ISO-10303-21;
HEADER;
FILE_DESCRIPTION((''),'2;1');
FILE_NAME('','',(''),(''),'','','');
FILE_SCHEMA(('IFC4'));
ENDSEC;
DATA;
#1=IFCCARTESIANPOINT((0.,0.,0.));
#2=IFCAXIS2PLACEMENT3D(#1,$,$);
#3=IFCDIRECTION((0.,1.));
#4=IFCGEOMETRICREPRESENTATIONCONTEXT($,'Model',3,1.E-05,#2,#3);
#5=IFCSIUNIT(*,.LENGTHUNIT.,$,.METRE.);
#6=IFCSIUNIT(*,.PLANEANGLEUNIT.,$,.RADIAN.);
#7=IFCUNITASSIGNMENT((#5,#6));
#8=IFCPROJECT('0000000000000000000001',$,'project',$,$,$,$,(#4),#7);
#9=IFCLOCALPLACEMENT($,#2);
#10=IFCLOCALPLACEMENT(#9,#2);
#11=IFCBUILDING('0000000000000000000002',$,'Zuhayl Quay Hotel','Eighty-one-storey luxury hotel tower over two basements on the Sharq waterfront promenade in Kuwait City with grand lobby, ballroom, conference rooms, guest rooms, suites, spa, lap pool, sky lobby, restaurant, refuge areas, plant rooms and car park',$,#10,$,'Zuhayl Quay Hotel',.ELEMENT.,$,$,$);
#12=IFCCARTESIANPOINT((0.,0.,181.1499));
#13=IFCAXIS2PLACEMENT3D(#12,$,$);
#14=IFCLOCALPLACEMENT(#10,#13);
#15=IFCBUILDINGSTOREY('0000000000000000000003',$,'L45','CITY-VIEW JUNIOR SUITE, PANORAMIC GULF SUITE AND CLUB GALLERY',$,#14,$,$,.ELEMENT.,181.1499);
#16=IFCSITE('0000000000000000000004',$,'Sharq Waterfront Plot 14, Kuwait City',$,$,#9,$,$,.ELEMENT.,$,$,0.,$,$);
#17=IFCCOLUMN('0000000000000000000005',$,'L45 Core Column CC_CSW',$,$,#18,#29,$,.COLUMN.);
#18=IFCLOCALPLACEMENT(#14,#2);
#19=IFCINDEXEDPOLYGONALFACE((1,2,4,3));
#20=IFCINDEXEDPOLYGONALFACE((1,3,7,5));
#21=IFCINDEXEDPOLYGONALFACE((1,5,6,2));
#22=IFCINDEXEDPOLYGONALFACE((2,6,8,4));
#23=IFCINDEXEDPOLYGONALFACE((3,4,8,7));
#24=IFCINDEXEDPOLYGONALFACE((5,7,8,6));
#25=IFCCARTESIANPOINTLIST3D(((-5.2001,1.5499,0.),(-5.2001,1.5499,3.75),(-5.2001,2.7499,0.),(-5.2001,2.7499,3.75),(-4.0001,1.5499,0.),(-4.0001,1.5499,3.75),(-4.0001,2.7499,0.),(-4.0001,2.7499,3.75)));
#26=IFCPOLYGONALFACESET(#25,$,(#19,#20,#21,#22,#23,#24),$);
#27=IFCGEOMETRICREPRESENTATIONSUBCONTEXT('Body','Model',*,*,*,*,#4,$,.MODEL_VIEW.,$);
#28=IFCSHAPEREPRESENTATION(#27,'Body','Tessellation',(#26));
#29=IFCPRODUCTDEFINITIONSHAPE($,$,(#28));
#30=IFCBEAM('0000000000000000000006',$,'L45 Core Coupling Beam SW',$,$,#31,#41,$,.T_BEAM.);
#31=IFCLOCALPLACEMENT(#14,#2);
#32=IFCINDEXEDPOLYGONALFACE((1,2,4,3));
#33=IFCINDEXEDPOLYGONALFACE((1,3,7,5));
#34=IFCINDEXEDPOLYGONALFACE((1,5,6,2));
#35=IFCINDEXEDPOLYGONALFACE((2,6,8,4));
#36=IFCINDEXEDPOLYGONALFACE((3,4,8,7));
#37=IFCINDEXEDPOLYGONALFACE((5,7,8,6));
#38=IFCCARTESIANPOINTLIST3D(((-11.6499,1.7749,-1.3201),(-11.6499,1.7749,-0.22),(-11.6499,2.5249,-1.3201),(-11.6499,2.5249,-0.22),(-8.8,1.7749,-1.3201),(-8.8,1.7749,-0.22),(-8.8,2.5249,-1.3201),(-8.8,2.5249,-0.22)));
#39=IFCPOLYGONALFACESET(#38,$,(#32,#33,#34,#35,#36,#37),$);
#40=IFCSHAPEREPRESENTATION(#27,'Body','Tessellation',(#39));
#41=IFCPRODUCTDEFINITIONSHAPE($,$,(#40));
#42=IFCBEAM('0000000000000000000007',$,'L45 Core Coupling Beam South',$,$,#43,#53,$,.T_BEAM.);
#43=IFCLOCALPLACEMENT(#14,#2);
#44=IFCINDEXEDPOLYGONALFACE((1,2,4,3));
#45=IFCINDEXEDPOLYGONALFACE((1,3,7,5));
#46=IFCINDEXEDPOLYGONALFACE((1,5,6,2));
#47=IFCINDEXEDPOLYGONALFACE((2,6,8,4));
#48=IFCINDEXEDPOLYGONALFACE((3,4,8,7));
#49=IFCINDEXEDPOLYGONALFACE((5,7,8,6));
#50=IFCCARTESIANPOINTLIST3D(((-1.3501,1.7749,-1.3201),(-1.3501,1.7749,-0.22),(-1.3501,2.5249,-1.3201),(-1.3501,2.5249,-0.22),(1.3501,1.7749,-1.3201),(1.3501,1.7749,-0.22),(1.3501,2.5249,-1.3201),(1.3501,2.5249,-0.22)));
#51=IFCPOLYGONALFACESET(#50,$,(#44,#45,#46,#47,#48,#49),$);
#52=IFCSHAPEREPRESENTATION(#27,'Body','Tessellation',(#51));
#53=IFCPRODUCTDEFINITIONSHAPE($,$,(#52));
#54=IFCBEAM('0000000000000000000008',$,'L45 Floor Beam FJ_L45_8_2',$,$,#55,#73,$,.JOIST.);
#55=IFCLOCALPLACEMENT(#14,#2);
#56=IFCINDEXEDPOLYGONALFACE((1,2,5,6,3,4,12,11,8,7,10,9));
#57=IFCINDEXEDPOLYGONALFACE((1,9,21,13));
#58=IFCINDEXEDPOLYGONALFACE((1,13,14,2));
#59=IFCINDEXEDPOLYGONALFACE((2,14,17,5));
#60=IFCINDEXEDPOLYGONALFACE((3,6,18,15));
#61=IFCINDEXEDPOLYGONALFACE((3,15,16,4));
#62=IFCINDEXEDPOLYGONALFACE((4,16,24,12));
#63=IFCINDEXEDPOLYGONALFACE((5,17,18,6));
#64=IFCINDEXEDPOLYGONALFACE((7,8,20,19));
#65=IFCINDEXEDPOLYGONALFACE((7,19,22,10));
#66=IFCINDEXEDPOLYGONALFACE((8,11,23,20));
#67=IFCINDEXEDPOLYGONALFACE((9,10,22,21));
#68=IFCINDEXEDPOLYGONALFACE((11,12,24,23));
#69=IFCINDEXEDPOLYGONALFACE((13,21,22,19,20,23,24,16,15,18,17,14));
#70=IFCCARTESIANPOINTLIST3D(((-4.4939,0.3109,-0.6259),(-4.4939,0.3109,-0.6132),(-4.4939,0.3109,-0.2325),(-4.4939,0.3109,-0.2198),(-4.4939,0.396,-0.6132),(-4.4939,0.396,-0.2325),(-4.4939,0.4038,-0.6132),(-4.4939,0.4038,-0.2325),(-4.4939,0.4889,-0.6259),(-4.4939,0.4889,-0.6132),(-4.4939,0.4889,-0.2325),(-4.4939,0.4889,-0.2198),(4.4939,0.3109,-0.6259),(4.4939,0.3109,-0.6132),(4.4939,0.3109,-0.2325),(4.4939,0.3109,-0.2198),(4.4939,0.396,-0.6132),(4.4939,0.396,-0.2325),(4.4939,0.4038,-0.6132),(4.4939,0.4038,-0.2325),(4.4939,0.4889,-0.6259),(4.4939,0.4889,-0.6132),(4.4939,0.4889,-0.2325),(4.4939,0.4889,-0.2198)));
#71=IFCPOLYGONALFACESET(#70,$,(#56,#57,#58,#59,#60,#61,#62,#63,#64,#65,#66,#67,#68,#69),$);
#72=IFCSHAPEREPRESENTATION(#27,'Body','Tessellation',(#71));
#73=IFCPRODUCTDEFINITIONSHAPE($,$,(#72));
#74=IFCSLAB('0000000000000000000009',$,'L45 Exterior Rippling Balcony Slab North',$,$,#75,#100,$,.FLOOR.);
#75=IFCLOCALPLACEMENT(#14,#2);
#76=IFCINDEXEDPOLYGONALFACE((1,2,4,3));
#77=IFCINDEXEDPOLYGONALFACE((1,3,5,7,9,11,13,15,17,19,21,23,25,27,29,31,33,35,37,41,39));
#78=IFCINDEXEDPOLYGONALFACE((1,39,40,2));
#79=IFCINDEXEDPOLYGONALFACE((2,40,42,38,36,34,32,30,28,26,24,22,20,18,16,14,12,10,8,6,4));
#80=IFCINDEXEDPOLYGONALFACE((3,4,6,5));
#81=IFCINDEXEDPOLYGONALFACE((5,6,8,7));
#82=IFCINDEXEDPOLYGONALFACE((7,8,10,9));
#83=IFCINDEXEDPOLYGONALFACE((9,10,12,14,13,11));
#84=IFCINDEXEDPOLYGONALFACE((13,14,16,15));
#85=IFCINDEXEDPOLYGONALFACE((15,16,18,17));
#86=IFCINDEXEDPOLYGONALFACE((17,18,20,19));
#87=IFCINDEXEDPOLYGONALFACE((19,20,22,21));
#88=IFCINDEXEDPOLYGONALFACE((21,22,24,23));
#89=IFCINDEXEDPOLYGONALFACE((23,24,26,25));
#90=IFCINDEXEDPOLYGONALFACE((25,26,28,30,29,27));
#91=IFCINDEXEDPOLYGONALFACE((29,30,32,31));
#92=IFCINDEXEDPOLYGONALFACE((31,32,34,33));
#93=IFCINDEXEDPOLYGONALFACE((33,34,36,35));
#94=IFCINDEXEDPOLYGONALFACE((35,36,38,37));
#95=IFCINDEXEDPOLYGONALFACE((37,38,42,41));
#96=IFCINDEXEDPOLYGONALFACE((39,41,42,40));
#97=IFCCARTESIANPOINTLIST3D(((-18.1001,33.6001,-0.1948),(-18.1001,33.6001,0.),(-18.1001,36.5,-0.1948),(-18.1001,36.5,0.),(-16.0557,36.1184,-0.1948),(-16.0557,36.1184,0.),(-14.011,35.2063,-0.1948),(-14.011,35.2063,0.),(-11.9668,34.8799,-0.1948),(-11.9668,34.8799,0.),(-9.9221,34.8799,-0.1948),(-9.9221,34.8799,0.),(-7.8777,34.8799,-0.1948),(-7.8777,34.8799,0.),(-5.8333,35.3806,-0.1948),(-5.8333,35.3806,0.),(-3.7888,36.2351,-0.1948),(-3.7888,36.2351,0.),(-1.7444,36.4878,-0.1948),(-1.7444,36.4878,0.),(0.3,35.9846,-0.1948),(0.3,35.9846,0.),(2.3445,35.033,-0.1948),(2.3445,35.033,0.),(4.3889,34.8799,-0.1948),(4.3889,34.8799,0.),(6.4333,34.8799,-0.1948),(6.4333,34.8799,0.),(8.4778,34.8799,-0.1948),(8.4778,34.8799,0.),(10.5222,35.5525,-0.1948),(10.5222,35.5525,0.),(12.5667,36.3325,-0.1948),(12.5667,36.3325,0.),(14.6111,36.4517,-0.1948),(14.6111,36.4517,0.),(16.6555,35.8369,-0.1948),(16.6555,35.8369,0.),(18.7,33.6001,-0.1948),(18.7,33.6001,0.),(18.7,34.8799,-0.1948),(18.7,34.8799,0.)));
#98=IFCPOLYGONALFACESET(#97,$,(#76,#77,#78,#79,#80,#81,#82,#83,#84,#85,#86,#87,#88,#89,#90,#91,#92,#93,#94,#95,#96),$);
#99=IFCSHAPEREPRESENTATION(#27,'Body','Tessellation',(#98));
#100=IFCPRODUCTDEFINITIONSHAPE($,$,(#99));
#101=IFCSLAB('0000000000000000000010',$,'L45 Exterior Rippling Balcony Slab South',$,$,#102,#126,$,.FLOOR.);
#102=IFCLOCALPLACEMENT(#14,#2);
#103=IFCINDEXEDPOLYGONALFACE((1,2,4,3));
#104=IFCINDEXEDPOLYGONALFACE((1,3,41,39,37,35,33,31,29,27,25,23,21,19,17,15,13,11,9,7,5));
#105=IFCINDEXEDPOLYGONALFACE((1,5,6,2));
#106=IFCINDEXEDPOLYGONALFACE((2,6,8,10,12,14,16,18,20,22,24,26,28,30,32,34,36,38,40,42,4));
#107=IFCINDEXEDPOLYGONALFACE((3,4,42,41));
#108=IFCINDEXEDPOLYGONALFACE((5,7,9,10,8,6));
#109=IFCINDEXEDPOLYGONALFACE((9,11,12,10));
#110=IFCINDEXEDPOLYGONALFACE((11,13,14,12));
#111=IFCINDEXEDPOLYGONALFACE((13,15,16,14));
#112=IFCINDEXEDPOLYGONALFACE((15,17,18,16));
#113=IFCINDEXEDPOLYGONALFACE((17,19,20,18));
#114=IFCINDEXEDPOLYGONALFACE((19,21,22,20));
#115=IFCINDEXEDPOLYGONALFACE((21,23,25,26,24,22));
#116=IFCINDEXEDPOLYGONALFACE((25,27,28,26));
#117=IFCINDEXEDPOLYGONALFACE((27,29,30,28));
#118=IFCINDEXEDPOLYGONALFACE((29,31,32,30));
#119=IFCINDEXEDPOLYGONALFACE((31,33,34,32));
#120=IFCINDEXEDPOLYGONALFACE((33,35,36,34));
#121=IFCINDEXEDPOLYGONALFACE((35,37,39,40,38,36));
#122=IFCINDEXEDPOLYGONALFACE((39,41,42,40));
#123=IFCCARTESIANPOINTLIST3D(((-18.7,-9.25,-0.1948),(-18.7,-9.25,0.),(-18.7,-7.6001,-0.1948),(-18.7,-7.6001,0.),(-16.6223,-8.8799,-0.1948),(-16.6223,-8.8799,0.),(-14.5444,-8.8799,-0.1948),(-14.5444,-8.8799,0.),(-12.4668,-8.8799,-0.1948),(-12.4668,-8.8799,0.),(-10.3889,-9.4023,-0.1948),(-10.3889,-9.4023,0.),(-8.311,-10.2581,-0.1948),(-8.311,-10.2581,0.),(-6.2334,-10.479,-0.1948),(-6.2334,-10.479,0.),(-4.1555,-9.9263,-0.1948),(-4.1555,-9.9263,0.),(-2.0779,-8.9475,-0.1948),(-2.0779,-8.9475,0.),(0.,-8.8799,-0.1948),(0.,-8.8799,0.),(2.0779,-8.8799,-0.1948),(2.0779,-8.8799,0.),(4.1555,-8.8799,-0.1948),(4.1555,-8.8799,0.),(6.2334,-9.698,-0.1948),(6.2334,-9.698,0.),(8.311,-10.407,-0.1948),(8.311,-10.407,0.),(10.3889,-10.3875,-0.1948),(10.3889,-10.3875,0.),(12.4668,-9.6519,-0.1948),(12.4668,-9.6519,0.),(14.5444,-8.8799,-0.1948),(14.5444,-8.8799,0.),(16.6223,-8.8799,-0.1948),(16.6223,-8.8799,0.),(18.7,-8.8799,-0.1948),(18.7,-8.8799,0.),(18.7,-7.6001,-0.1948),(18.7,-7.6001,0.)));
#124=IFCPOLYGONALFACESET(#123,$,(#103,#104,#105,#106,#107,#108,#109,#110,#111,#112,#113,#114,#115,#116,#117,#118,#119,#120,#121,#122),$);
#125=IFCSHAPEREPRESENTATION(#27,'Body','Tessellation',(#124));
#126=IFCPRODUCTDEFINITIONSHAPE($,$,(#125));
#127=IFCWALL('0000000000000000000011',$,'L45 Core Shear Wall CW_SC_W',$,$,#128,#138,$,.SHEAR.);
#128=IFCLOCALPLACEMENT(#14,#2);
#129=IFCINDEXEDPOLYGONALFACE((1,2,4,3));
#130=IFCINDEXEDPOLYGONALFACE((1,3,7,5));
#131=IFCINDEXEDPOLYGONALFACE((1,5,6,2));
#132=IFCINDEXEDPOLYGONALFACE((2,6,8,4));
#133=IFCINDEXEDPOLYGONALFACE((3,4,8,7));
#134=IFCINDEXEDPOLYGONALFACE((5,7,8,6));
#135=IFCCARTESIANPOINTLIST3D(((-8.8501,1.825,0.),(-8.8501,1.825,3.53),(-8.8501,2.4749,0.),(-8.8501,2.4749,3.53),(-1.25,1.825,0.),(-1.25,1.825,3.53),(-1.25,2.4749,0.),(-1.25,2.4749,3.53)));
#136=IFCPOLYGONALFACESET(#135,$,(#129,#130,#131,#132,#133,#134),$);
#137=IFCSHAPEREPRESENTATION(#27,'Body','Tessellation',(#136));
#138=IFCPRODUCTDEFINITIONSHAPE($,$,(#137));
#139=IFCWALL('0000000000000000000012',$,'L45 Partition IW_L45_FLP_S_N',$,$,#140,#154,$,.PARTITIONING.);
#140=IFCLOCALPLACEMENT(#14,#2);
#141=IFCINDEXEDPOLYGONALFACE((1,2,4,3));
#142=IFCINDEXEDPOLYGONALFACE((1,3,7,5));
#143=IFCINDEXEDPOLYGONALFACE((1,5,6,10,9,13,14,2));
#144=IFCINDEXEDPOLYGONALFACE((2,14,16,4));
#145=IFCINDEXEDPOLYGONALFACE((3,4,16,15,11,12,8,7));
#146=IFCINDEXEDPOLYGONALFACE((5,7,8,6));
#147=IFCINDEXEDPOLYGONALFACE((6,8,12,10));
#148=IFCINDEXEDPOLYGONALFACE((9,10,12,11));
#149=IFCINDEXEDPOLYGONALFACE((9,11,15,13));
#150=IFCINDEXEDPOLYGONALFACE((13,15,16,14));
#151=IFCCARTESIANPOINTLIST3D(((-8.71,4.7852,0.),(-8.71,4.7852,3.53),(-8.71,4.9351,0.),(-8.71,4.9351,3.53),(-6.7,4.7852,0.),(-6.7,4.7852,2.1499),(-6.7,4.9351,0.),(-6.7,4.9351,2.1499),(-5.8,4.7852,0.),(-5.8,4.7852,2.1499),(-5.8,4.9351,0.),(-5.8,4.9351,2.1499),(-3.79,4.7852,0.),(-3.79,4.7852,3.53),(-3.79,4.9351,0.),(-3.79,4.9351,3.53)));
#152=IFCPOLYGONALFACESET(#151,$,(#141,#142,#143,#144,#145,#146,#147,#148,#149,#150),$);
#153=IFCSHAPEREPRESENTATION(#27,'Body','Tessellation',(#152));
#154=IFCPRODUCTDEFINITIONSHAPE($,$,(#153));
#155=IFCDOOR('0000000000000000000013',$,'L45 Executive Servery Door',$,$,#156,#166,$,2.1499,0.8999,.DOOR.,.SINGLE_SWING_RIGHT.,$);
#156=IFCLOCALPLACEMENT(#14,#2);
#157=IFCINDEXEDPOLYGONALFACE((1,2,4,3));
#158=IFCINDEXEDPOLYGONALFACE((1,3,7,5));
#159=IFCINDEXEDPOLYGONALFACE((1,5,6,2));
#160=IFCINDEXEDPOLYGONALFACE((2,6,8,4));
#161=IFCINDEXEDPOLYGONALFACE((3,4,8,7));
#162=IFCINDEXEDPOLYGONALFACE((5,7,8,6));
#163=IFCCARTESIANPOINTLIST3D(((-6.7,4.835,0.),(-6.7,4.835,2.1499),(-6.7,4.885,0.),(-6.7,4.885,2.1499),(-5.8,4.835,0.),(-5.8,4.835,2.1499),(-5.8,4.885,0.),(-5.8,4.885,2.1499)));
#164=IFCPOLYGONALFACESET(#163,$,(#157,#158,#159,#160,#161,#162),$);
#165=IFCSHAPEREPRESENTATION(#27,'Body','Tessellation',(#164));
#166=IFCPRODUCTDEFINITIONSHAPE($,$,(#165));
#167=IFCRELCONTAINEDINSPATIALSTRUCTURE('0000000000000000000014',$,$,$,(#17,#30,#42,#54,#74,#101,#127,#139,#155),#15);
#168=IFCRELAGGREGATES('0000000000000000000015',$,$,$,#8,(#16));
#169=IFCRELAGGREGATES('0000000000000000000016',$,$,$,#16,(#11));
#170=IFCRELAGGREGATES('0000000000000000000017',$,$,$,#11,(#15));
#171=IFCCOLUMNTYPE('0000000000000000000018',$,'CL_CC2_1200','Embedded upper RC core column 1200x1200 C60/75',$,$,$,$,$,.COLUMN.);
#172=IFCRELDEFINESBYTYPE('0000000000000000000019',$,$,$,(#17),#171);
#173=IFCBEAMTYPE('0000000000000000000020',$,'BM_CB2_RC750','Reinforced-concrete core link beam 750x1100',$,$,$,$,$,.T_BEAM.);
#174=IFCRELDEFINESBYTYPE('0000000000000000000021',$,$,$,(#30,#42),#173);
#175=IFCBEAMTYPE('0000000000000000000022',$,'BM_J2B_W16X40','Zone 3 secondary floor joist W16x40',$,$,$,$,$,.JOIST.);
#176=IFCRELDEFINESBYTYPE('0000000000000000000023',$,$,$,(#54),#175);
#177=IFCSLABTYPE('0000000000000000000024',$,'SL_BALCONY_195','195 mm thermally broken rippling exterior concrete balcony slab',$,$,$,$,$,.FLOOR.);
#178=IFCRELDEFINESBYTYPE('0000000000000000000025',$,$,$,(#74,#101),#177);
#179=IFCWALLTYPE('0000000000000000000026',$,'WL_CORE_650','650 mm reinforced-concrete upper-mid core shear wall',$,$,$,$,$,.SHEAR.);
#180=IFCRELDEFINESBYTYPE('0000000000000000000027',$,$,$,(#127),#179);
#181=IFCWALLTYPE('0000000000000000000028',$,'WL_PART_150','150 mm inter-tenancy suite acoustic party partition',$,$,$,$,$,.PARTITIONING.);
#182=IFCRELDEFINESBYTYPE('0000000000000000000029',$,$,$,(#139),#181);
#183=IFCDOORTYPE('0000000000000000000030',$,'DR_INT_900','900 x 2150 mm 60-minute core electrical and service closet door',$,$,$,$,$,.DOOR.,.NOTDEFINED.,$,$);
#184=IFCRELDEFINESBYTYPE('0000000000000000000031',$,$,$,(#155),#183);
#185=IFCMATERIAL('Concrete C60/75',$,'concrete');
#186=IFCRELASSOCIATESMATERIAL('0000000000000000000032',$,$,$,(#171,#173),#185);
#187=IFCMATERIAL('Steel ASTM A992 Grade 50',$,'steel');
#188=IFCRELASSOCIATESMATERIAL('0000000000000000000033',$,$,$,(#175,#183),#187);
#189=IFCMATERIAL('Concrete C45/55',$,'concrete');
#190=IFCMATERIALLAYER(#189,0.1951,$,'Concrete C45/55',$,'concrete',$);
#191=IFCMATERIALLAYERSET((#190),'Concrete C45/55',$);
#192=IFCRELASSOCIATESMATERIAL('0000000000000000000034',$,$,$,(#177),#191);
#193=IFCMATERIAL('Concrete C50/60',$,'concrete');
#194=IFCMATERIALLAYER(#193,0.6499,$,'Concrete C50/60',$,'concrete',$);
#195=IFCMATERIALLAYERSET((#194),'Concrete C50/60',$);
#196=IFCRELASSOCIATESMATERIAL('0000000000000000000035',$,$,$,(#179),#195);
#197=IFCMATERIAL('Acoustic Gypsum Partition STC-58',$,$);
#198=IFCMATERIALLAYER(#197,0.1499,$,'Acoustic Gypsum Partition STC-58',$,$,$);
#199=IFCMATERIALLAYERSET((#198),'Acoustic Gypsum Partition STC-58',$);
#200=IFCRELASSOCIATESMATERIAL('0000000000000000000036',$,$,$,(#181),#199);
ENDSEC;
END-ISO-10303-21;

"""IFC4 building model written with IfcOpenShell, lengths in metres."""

from ifc_helpers import new_model, si_unit, direction, frame, frame_2d, origin, origin_2d, place, context, subcontext, project, spatial, polyline, rectangle, i_section, outline, extrude, material, layer, layer_set, material_profile, profile_set, type_object, element, fill, save


model = new_model("IFC4")

# Units and contexts
model_context = context("Model", 3, precision=1e-05, world=origin(), true_north=direction((0.0, 1.0)))
body_context = subcontext(model_context, "Body", "Model", "MODEL_VIEW")
ifc_project = project(units=[si_unit("LENGTHUNIT", "METRE"), si_unit("PLANEANGLEUNIT", "RADIAN")], contexts=[model_context])

# Site, building, storey
site_placement = place(None, origin())
site = spatial("IfcSite", under=ifc_project, at=site_placement, Name="Sharq Waterfront Plot 14, Kuwait City", CompositionType="ELEMENT", RefElevation=0.0)
building_placement = place(site_placement, origin())
building = spatial("IfcBuilding", under=site, at=building_placement, Name="Zuhayl Quay Hotel", Description="Eighty-one-storey luxury hotel tower over two basements on the Sharq waterfront promenade in Kuwait City with grand lobby, ballroom, conference rooms, guest rooms, suites, spa, lap pool, sky lobby, restaurant, refuge areas, plant rooms and car park", LongName="Zuhayl Quay Hotel", CompositionType="ELEMENT")
storey_placement = place(building_placement, frame((0.0, 0.0, 181.1499)))
storey = spatial("IfcBuildingStorey", under=building, at=storey_placement, Name="L45", Description="CITY-VIEW JUNIOR SUITE, PANORAMIC GULF SUITE AND CLUB GALLERY", CompositionType="ELEMENT", Elevation=181.1499)

# Column
ifc_material_1 = material(Name="Concrete C60/75", Category="concrete")
ifc_material_profile_1 = material_profile(ifc_material_1, rectangle(XDim=1.2, YDim=1.2, at=origin_2d()), Name="RC1200X1200")
ifc_profile_set_1 = profile_set([ifc_material_profile_1], Name="Concrete C60/75")
column_type = type_object("IfcColumnType", Name="CL_CC2_1200", Description="Embedded upper RC core column 1200x1200 C60/75", PredefinedType="COLUMN", material=ifc_profile_set_1)
column_placement = place(storey_placement, frame((-4.6001, 2.1499, 0.0), z_axis=(0.0, 0.0, 1.0), x_axis=(1.0, 0.0, 0.0)))
element("IfcColumn", 1, at=column_placement, inside=storey, type_object=column_type, Name="L45 Core Column CC_CSW", PredefinedType="COLUMN", context=body_context, shape_type="SweptSolid", body=[
    extrude(rectangle(XDim=1.2, YDim=1.2, at=origin_2d()), origin(), (0.0, 0.0, 1.0), 3.75),
])

# Beams
ifc_material_profile_2 = material_profile(ifc_material_1, rectangle(XDim=0.75, YDim=1.1001, at=origin_2d()), Name="RC750X1100")
ifc_profile_set_2 = profile_set([ifc_material_profile_2], Name="Concrete C60/75")
beam_type_1 = type_object("IfcBeamType", Name="BM_CB2_RC750", Description="Reinforced-concrete core link beam 750x1100", PredefinedType="T_BEAM", material=ifc_profile_set_2)
beam_1_placement = place(storey_placement, frame((-11.6499, 2.1499, -0.77), z_axis=(1.0, 0.0, 0.0), x_axis=(0.0, 1.0, 0.0)))
element("IfcBeam", 2, at=beam_1_placement, inside=storey, type_object=beam_type_1, Name="L45 Core Coupling Beam SW", PredefinedType="T_BEAM", context=body_context, shape_type="SweptSolid", body=[
    extrude(rectangle(XDim=0.75, YDim=1.1001, at=origin_2d()), origin(), (0.0, 0.0, 1.0), 2.8499),
])
beam_2_placement = place(storey_placement, frame((-1.3501, 2.1499, -0.77), z_axis=(1.0, 0.0, 0.0), x_axis=(0.0, 1.0, 0.0)))
element("IfcBeam", 3, at=beam_2_placement, inside=storey, type_object=beam_type_1, Name="L45 Core Coupling Beam South", PredefinedType="T_BEAM", context=body_context, shape_type="SweptSolid", body=[
    extrude(rectangle(XDim=0.75, YDim=1.1001, at=origin_2d()), origin(), (0.0, 0.0, 1.0), 2.7002),
])
ifc_material_2 = material(Name="Steel ASTM A992 Grade 50", Category="steel")
ifc_material_profile_3 = material_profile(ifc_material_2, i_section(OverallWidth=0.178, OverallDepth=0.406, WebThickness=0.0078, FlangeThickness=0.0127, at=origin_2d()), Name="W16X40")
ifc_profile_set_3 = profile_set([ifc_material_profile_3], Name="Steel ASTM A992 Grade 50")
beam_type_2 = type_object("IfcBeamType", Name="BM_J2B_W16X40", Description="Zone 3 secondary floor joist W16x40", PredefinedType="JOIST", material=ifc_profile_set_3)
beam_3_placement = place(storey_placement, frame((-4.4939, 0.3999, -0.4229), z_axis=(1.0, 0.0, 0.0), x_axis=(0.0, 1.0, 0.0)))
element("IfcBeam", 4, at=beam_3_placement, inside=storey, type_object=beam_type_2, Name="L45 Floor Beam FJ_L45_8_2", PredefinedType="JOIST", context=body_context, shape_type="SweptSolid", body=[
    extrude(i_section(OverallWidth=0.178, OverallDepth=0.406, WebThickness=0.0078, FlangeThickness=0.0127, at=origin_2d()), origin(), (0.0, 0.0, 1.0), 8.9878),
])

# Slabs
ifc_material_3 = material(Name="Concrete C45/55", Category="concrete")
ifc_layer_1 = layer(ifc_material_3, 0.1951, Name="Concrete C45/55", Category="concrete")
ifc_layer_set_1 = layer_set([ifc_layer_1], Name="Concrete C45/55")
slab_type = type_object("IfcSlabType", Name="SL_BALCONY_195", Description="195 mm thermally broken rippling exterior concrete balcony slab", PredefinedType="FLOOR", material=ifc_layer_set_1)
slab_1_placement = place(storey_placement, frame((0.0, 0.0, -0.1948)))
element("IfcSlab", 5, at=slab_1_placement, inside=storey, type_object=slab_type, Name="L45 Exterior Rippling Balcony Slab North", PredefinedType="FLOOR", context=body_context, shape_type="SweptSolid", body=[
    extrude(outline(polyline([(-18.1001, 33.6001), (18.7, 33.6001), (18.7, 34.8799), (16.6555, 35.8369), (14.6111, 36.4517), (12.5667, 36.3325), (10.5222, 35.5525), (8.4778, 34.8799), (6.4333, 34.8799), (4.3889, 34.8799), (2.3445, 35.033), (0.3, 35.9846), (-1.7444, 36.4878), (-3.7888, 36.2351), (-5.8333, 35.3806), (-7.8777, 34.8799), (-9.9221, 34.8799), (-11.9668, 34.8799), (-14.011, 35.2063), (-16.0557, 36.1184), (-18.1001, 36.5), (-18.1001, 33.6001)])), origin(), (0.0, 0.0, 1.0), 0.1948),
])
slab_2_placement = place(storey_placement, frame((0.0, 0.0, -0.1948)))
element("IfcSlab", 6, at=slab_2_placement, inside=storey, type_object=slab_type, Name="L45 Exterior Rippling Balcony Slab South", PredefinedType="FLOOR", context=body_context, shape_type="SweptSolid", body=[
    extrude(outline(polyline([(-18.7, -9.25), (-16.6223, -8.8799), (-14.5444, -8.8799), (-12.4668, -8.8799), (-10.3889, -9.4023), (-8.311, -10.2581), (-6.2334, -10.479), (-4.1555, -9.9263), (-2.0779, -8.9475), (0.0, -8.8799), (2.0779, -8.8799), (4.1555, -8.8799), (6.2334, -9.698), (8.311, -10.407), (10.3889, -10.3875), (12.4668, -9.6519), (14.5444, -8.8799), (16.6223, -8.8799), (18.7, -8.8799), (18.7, -7.6001), (-18.7, -7.6001), (-18.7, -9.25)])), origin(), (0.0, 0.0, 1.0), 0.1948),
])

# Wall
ifc_material_4 = material(Name="Concrete C50/60", Category="concrete")
ifc_layer_2 = layer(ifc_material_4, 0.6499, Name="Concrete C50/60", Category="concrete")
ifc_layer_set_2 = layer_set([ifc_layer_2], Name="Concrete C50/60")
wall_type_1 = type_object("IfcWallType", Name="WL_CORE_650", Description="650 mm reinforced-concrete upper-mid core shear wall", PredefinedType="SHEAR", material=ifc_layer_set_2)
wall_1_placement = place(storey_placement, frame((-8.8501, 2.1499, 0.0), z_axis=(0.0, 0.0, 1.0), x_axis=(1.0, 0.0, 0.0)))
element("IfcWall", 7, at=wall_1_placement, inside=storey, type_object=wall_type_1, Name="L45 Core Shear Wall CW_SC_W", PredefinedType="SHEAR", context=body_context, shape_type="SweptSolid", body=[
    extrude(rectangle(XDim=7.6001, YDim=0.6499, at=frame_2d((3.8, 0.0))), origin(), (0.0, 0.0, 1.0), 3.53),
])

# Wall, opening, door
ifc_material_5 = material(Name="Acoustic Gypsum Partition STC-58")
ifc_layer_3 = layer(ifc_material_5, 0.1499, Name="Acoustic Gypsum Partition STC-58")
ifc_layer_set_3 = layer_set([ifc_layer_3], Name="Acoustic Gypsum Partition STC-58")
wall_type_2 = type_object("IfcWallType", Name="WL_PART_150", Description="150 mm inter-tenancy suite acoustic party partition", PredefinedType="PARTITIONING", material=ifc_layer_set_3)
wall_2_placement = place(storey_placement, frame((-8.71, 4.8601, 0.0), z_axis=(0.0, 0.0, 1.0), x_axis=(1.0, 0.0, 0.0)))
wall_2 = element("IfcWall", 8, at=wall_2_placement, inside=storey, type_object=wall_type_2, Name="L45 Partition IW_L45_FLP_S_N", PredefinedType="PARTITIONING", context=body_context, shape_type="SweptSolid", body=[
    extrude(rectangle(XDim=4.9199, YDim=0.1499, at=frame_2d((2.46, 0.0))), origin(), (0.0, 0.0, 1.0), 3.53),
])
opening_1_placement = place(wall_2_placement, frame((2.01, 0.0, 0.0)))
opening_1 = element("IfcOpeningElement", 9, at=opening_1_placement, cuts=wall_2, PredefinedType="OPENING", context=body_context, shape_type="SweptSolid", body=[
    extrude(rectangle(XDim=0.8999, YDim=2.1499, at=frame_2d((0.45, 1.075))), frame((0.0, 0.085, 0.0), z_axis=(0.0, -1.0, 0.0), x_axis=(1.0, 0.0, 0.0)), (0.0, 0.0, 1.0), 0.1699),
])
door_type_1 = type_object("IfcDoorType", Name="DR_INT_900", Description="900 x 2150 mm 60-minute core electrical and service closet door", OperationType="NOTDEFINED", PredefinedType="DOOR", material=ifc_material_2)
door_1_placement = place(opening_1_placement, origin())
door_1 = element("IfcDoor", 10, at=door_1_placement, inside=storey, type_object=door_type_1, Name="L45 Executive Servery Door", OperationType="SINGLE_SWING_RIGHT", OverallHeight=2.1499, OverallWidth=0.8999, PredefinedType="DOOR", context=body_context, shape_type="SweptSolid", body=[
    extrude(rectangle(XDim=0.8999, YDim=2.1499, at=frame_2d((0.45, 1.075))), frame((0.0, 0.0249, 0.0), z_axis=(0.0, -1.0, 0.0), x_axis=(1.0, 0.0, 0.0)), (0.0, 0.0, 1.0), 0.05),
])
fill(opening_1, door_1)

save(model, "model.ifc")
